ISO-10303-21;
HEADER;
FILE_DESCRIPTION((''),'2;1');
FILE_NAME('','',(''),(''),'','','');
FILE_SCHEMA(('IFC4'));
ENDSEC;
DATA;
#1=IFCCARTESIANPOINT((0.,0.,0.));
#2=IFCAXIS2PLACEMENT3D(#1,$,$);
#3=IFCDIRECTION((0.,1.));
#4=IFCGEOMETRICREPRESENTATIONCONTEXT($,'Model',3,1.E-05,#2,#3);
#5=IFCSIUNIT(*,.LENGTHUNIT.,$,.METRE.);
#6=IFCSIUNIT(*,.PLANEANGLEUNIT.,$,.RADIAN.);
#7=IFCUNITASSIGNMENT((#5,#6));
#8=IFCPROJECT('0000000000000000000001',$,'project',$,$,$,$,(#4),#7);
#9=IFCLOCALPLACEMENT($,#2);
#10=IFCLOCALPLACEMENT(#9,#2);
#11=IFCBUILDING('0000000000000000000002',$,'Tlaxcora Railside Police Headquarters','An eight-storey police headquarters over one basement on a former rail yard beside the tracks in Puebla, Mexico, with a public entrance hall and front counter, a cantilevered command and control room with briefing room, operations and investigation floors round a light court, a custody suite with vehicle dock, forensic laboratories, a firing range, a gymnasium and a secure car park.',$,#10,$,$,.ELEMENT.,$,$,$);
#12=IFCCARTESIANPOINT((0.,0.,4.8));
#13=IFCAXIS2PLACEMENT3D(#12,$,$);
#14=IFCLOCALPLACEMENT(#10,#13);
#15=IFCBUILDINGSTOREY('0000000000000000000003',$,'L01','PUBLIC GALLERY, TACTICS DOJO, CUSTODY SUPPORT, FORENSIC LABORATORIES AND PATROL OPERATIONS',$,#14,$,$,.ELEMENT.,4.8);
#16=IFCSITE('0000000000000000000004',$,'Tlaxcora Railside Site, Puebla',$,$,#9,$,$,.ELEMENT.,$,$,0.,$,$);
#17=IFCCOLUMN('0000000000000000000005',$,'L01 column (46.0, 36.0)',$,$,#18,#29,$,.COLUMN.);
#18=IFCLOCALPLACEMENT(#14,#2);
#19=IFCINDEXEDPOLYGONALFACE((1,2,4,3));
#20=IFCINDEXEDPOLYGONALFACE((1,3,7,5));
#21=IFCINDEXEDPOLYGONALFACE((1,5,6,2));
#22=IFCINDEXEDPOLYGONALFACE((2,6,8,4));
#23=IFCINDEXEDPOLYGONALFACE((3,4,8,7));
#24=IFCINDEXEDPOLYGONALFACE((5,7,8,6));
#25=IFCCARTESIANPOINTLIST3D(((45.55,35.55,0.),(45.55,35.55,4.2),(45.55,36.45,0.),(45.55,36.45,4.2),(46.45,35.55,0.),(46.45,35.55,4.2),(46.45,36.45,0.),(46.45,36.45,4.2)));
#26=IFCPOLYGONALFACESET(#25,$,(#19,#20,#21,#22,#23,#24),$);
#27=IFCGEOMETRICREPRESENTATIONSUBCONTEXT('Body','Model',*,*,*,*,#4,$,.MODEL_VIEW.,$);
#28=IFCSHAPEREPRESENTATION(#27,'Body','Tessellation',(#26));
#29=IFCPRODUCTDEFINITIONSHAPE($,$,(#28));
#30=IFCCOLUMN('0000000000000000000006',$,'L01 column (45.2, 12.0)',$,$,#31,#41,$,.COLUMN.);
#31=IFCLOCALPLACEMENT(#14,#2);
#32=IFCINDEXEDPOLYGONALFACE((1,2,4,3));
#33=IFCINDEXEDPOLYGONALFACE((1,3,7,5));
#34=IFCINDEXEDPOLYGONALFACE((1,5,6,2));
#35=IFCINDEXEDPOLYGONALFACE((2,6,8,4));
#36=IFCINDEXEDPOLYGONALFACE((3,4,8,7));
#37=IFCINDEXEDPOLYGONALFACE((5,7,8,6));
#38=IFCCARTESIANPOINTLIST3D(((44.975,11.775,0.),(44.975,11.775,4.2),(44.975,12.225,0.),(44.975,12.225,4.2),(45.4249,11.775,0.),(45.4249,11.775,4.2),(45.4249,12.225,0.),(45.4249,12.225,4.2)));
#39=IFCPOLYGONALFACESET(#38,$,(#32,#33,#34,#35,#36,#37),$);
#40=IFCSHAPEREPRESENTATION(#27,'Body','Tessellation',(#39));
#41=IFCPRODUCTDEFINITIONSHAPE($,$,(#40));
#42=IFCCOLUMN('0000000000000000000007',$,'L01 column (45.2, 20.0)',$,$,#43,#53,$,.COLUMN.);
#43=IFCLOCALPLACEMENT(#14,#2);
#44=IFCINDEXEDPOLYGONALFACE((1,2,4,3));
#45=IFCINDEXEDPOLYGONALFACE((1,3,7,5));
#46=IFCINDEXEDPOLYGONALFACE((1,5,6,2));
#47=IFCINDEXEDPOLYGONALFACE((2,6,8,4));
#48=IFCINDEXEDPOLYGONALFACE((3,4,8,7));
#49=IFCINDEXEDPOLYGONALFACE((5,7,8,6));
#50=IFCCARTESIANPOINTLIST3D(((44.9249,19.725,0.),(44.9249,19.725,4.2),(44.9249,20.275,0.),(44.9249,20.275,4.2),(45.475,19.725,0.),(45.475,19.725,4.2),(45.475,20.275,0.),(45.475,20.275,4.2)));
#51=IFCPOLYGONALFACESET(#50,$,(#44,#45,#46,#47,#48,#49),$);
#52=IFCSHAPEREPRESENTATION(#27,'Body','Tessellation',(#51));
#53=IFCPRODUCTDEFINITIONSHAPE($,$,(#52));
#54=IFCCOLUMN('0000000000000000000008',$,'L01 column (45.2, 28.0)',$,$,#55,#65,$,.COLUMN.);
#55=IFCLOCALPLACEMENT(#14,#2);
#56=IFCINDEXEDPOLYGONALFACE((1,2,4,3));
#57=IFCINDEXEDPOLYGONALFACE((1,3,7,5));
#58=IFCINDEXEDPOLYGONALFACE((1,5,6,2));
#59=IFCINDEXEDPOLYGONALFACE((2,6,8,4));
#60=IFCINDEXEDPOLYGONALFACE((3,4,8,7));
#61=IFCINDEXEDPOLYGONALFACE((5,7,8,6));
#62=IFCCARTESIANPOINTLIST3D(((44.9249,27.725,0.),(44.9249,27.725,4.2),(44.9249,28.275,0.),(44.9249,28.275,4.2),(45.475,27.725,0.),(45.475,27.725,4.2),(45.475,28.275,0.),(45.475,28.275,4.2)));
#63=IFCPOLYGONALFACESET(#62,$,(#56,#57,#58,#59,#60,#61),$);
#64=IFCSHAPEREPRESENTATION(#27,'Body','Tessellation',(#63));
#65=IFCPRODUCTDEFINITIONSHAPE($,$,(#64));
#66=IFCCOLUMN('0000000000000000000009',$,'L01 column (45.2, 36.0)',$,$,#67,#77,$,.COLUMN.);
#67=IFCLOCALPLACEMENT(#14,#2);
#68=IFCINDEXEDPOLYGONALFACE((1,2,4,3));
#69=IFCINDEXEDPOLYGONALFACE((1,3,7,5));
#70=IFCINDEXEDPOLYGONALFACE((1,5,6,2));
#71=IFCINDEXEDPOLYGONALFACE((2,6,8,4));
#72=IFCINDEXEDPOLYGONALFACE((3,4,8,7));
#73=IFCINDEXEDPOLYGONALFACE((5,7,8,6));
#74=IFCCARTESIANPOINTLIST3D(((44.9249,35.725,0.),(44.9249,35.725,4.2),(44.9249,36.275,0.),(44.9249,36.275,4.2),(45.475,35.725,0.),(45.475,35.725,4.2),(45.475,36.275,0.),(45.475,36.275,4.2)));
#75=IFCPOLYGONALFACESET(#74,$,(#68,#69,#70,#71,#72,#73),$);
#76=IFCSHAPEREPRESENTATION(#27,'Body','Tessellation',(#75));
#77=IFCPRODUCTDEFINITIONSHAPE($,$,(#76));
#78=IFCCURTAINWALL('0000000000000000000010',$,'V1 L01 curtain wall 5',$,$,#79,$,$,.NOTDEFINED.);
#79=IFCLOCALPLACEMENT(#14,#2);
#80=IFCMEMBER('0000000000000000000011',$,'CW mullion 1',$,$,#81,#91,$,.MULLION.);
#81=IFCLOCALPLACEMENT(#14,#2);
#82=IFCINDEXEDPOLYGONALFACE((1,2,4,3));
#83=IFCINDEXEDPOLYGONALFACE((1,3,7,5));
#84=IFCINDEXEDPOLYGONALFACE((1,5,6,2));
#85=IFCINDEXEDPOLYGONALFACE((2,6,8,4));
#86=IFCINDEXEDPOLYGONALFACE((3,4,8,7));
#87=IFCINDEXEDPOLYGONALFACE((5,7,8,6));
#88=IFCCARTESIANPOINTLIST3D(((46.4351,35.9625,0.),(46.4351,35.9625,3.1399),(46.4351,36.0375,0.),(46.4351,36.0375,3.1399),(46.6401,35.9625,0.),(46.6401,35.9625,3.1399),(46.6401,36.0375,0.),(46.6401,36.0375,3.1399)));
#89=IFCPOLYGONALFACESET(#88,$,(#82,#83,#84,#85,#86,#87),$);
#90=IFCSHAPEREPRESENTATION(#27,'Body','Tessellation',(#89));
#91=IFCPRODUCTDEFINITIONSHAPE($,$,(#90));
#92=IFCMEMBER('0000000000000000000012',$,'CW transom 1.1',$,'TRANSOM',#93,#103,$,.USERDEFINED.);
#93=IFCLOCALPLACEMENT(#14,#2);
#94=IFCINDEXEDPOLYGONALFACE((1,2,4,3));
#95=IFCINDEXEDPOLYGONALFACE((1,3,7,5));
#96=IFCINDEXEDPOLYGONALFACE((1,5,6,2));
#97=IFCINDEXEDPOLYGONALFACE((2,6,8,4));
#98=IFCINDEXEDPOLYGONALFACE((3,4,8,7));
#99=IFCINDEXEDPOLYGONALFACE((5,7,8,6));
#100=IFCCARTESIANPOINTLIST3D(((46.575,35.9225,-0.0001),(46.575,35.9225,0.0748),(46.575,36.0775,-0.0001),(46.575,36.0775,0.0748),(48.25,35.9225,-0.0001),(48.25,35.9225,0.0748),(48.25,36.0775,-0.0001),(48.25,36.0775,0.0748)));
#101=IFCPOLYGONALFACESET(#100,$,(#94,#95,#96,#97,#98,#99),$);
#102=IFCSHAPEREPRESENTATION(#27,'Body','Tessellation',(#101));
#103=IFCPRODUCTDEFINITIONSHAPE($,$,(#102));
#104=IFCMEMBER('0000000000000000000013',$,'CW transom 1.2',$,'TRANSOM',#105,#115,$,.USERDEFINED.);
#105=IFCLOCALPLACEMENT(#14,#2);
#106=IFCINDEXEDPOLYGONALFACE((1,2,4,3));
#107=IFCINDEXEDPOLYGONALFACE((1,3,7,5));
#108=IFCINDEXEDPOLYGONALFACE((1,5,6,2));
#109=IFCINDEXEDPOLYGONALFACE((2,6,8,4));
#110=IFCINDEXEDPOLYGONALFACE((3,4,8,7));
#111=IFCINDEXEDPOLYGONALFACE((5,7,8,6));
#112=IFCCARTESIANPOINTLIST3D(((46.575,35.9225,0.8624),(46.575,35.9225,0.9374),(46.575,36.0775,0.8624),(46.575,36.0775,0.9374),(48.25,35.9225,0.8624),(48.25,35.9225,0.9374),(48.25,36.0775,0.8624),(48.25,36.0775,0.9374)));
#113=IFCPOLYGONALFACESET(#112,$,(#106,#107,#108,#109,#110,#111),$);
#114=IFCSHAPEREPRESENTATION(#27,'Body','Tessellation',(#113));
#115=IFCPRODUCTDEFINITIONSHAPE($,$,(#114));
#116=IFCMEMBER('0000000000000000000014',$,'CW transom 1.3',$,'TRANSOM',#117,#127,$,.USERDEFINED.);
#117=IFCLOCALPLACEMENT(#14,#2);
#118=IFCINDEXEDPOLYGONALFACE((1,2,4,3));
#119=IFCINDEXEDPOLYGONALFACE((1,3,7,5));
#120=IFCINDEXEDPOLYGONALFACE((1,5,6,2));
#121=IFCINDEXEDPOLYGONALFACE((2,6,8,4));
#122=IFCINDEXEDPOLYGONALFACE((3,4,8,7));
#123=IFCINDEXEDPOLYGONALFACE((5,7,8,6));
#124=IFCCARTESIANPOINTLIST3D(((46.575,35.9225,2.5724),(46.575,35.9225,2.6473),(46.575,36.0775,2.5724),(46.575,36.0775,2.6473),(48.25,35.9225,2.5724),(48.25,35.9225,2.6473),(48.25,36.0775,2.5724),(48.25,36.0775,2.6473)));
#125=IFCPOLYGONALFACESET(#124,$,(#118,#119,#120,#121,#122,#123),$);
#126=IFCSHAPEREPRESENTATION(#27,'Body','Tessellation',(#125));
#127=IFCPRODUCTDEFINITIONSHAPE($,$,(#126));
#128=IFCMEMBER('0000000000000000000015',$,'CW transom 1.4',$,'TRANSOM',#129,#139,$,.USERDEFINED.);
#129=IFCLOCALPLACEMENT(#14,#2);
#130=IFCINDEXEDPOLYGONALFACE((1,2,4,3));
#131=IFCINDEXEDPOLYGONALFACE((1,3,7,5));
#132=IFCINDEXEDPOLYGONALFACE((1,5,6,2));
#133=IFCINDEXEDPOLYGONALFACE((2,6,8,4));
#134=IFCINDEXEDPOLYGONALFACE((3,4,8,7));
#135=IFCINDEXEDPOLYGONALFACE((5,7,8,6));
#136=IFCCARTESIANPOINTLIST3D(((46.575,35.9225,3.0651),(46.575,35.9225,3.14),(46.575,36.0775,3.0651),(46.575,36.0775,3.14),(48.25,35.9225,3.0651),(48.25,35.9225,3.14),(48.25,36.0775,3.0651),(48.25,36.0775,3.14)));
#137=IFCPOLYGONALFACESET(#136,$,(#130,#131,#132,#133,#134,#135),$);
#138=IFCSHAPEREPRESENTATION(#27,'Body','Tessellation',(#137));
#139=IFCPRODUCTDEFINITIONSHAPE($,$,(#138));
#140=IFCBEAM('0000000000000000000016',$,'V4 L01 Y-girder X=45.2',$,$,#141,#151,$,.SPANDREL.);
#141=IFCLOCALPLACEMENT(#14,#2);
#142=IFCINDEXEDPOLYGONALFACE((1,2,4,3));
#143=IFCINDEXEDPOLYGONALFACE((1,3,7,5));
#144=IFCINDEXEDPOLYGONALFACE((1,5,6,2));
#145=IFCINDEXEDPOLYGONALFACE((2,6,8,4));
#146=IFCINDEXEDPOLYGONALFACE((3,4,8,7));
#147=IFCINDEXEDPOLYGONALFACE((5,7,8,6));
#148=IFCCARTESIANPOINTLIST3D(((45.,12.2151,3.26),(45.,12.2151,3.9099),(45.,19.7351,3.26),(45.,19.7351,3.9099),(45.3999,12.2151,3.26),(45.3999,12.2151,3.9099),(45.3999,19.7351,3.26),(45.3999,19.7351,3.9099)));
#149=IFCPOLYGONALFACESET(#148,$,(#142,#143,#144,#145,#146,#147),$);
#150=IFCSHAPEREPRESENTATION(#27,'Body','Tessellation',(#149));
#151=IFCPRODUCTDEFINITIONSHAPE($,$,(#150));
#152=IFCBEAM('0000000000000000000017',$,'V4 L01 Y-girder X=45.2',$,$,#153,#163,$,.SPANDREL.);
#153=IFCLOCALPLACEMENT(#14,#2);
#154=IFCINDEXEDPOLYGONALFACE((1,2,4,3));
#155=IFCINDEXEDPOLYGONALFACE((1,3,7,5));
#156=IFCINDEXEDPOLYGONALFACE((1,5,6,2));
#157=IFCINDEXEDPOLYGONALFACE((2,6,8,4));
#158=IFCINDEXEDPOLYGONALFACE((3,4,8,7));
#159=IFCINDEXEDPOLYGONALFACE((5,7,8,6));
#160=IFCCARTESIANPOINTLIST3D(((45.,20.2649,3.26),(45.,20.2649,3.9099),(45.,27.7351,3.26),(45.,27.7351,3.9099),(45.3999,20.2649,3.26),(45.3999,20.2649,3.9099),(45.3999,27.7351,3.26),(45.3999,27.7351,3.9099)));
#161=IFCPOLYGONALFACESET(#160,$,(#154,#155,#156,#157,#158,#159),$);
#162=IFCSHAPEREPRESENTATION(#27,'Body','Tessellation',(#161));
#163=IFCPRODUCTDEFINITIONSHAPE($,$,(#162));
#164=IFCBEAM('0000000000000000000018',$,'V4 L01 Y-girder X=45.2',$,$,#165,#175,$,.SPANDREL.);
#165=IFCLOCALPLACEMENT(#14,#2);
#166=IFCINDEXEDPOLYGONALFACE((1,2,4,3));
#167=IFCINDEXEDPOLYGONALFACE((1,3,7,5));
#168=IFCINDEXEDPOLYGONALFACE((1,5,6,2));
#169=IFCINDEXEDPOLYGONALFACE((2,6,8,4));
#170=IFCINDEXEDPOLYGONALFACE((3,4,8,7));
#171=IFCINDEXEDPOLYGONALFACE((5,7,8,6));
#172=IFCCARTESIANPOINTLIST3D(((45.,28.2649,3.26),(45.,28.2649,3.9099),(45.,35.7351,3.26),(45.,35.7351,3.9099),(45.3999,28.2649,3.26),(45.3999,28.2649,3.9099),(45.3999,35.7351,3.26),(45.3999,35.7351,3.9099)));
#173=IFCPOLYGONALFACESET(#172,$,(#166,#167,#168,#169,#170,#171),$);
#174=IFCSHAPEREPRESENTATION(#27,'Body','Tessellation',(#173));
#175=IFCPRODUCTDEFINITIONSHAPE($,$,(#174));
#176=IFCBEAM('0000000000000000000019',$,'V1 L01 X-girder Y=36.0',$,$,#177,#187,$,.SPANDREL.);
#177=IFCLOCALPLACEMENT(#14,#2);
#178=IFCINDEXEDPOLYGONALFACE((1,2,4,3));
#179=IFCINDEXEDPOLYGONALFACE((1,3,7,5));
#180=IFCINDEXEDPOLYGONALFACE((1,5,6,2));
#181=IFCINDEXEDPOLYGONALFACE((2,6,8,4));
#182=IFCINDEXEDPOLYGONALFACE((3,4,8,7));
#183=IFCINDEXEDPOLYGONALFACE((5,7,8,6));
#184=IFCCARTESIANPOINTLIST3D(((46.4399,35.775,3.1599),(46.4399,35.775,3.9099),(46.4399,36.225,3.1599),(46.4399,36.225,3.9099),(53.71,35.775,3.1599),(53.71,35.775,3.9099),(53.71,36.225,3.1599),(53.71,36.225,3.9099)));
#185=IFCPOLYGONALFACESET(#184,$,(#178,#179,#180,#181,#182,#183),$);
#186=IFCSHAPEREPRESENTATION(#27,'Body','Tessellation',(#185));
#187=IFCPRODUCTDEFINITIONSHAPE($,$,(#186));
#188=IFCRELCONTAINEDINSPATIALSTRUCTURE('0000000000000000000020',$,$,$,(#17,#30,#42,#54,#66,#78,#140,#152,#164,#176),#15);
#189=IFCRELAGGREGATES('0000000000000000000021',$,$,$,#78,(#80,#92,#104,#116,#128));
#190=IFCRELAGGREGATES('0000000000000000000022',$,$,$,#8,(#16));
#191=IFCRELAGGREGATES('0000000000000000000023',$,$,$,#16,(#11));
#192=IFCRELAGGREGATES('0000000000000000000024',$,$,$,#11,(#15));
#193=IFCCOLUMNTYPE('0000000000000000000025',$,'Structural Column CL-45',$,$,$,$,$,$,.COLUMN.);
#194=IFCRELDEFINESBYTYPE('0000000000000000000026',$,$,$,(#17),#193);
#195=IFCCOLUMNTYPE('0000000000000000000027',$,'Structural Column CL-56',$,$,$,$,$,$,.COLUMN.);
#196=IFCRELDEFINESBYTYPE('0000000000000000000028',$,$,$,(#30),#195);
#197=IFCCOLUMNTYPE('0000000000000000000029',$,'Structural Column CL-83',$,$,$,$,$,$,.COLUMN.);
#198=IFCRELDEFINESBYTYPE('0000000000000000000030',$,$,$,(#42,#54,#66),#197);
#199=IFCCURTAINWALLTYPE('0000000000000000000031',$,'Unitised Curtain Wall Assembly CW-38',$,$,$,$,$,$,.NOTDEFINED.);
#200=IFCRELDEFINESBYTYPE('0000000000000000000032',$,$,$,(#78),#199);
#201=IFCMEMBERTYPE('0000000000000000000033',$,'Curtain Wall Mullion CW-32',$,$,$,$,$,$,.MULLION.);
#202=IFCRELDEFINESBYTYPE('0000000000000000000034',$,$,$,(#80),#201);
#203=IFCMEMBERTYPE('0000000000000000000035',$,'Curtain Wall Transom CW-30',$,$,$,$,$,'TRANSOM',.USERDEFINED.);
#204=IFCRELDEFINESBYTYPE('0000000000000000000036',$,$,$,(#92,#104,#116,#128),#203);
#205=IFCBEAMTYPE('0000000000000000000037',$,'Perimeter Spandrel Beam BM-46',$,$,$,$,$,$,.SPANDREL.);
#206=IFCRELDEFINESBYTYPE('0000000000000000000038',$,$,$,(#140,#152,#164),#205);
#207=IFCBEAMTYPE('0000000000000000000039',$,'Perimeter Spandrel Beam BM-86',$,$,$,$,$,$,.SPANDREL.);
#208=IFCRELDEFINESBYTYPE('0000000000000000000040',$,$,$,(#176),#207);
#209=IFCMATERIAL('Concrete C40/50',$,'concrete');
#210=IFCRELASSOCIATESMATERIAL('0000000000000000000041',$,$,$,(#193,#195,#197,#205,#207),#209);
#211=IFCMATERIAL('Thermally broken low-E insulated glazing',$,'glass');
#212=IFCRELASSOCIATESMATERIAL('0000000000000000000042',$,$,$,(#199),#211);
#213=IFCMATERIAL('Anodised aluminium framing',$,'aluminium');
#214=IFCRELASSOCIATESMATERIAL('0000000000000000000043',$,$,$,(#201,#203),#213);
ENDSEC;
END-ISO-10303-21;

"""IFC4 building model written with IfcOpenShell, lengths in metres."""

from ifc_helpers import new_model, si_unit, direction, frame, origin, origin_2d, place, context, subcontext, project, spatial, rectangle, extrude, material, material_profile, profile_set, type_object, element, aggregate, save


model = new_model("IFC4")

# Units and contexts
model_context = context("Model", 3, precision=1e-05, world=origin(), true_north=direction((0.0, 1.0)))
body_context = subcontext(model_context, "Body", "Model", "MODEL_VIEW")
ifc_project = project(units=[si_unit("LENGTHUNIT", "METRE"), si_unit("PLANEANGLEUNIT", "RADIAN")], contexts=[model_context])

# Site, building, storey
site_placement = place(None, origin())
site = spatial("IfcSite", under=ifc_project, at=site_placement, Name="Tlaxcora Railside Site, Puebla", CompositionType="ELEMENT", RefElevation=0.0)
building_placement = place(site_placement, origin())
building = spatial("IfcBuilding", under=site, at=building_placement, Name="Tlaxcora Railside Police Headquarters", Description="An eight-storey police headquarters over one basement on a former rail yard beside the tracks in Puebla, Mexico, with a public entrance hall and front counter, a cantilevered command and control room with briefing room, operations and investigation floors round a light court, a custody suite with vehicle dock, forensic laboratories, a firing range, a gymnasium and a secure car park.", CompositionType="ELEMENT")
storey_placement = place(building_placement, frame((0.0, 0.0, 4.8)))
storey = spatial("IfcBuildingStorey", under=building, at=storey_placement, Name="L01", Description="PUBLIC GALLERY, TACTICS DOJO, CUSTODY SUPPORT, FORENSIC LABORATORIES AND PATROL OPERATIONS", CompositionType="ELEMENT", Elevation=4.8)

# Columns
ifc_material_1 = material(Name="Concrete C40/50", Category="concrete")
ifc_material_profile_1 = material_profile(ifc_material_1, rectangle(XDim=0.8999, YDim=0.8999, at=origin_2d()), Name="RC900X900")
ifc_profile_set_1 = profile_set([ifc_material_profile_1], Name="Concrete C40/50")
column_type_1 = type_object("IfcColumnType", Name="Structural Column CL-45", PredefinedType="COLUMN", material=ifc_profile_set_1)
column_1_placement = place(storey_placement, frame((46.0, 36.0, 0.0), z_axis=(0.0, 0.0, 1.0), x_axis=(1.0, 0.0, 0.0)))
element("IfcColumn", 1, at=column_1_placement, inside=storey, type_object=column_type_1, Name="L01 column (46.0, 36.0)", PredefinedType="COLUMN", context=body_context, shape_type="SweptSolid", body=[
    extrude(rectangle(XDim=0.8999, YDim=0.8999, at=origin_2d()), origin(), (0.0, 0.0, 1.0), 4.2),
])
ifc_material_profile_2 = material_profile(ifc_material_1, rectangle(XDim=0.45, YDim=0.45, at=origin_2d()), Name="RC450X450")
ifc_profile_set_2 = profile_set([ifc_material_profile_2], Name="Concrete C40/50")
column_type_2 = type_object("IfcColumnType", Name="Structural Column CL-56", PredefinedType="COLUMN", material=ifc_profile_set_2)
column_2_placement = place(storey_placement, frame((45.2, 12.0, 0.0), z_axis=(0.0, 0.0, 1.0), x_axis=(1.0, 0.0, 0.0)))
element("IfcColumn", 2, at=column_2_placement, inside=storey, type_object=column_type_2, Name="L01 column (45.2, 12.0)", PredefinedType="COLUMN", context=body_context, shape_type="SweptSolid", body=[
    extrude(rectangle(XDim=0.45, YDim=0.45, at=origin_2d()), origin(), (0.0, 0.0, 1.0), 4.2),
])
ifc_material_profile_3 = material_profile(ifc_material_1, rectangle(XDim=0.55, YDim=0.55, at=origin_2d()), Name="RC550X550")
ifc_profile_set_3 = profile_set([ifc_material_profile_3], Name="Concrete C40/50")
column_type_3 = type_object("IfcColumnType", Name="Structural Column CL-83", PredefinedType="COLUMN", material=ifc_profile_set_3)
for number, where, z_axis, x_axis, name in (
    (3, (45.2, 20.0, 0.0), (0.0, 0.0, 1.0), (1.0, 0.0, 0.0), "L01 column (45.2, 20.0)"),
    (4, (45.2, 28.0, 0.0), (0.0, 0.0, 1.0), (1.0, 0.0, 0.0), "L01 column (45.2, 28.0)"),
    (5, (45.2, 36.0, 0.0), (0.0, 0.0, 1.0), (1.0, 0.0, 0.0), "L01 column (45.2, 36.0)"),
):
    element("IfcColumn", number, at=place(storey_placement, frame(where, z_axis=z_axis, x_axis=x_axis)), inside=storey, type_object=column_type_3, Name=name, PredefinedType="COLUMN", context=body_context, shape_type="SweptSolid", body=[
        extrude(rectangle(XDim=0.55, YDim=0.55, at=origin_2d()), origin(), (0.0, 0.0, 1.0), 4.2),
    ])

# Curtain wall, members
ifc_material_2 = material(Name="Thermally broken low-E insulated glazing", Category="glass")
curtain_wall_type = type_object("IfcCurtainWallType", Name="Unitised Curtain Wall Assembly CW-38", PredefinedType="NOTDEFINED", material=ifc_material_2)
curtain_wall_placement = place(storey_placement, origin())
curtain_wall = element("IfcCurtainWall", 6, at=curtain_wall_placement, inside=storey, type_object=curtain_wall_type, Name="V1 L01 curtain wall 5", PredefinedType="NOTDEFINED")
ifc_material_3 = material(Name="Anodised aluminium framing", Category="aluminium")
ifc_material_profile_4 = material_profile(ifc_material_3, rectangle(XDim=0.075, YDim=0.2051, at=origin_2d()), Name="AL75X205")
ifc_profile_set_4 = profile_set([ifc_material_profile_4], Name="Anodised aluminium framing")
member_type_1 = type_object("IfcMemberType", Name="Curtain Wall Mullion CW-32", PredefinedType="MULLION", material=ifc_profile_set_4)
member_1_placement = place(storey_placement, frame((46.5376, 36.0, 0.0), z_axis=(0.0, 0.0, 1.0), x_axis=(0.0, 1.0, 0.0)))
member_1 = element("IfcMember", 7, at=member_1_placement, type_object=member_type_1, Name="CW mullion 1", PredefinedType="MULLION", context=body_context, shape_type="SweptSolid", body=[
    extrude(rectangle(XDim=0.075, YDim=0.2051, at=origin_2d()), origin(), (0.0, 0.0, 1.0), 3.1399),
])
ifc_material_profile_5 = material_profile(ifc_material_3, rectangle(XDim=0.155, YDim=0.075, at=origin_2d()), Name="AL75X155")
ifc_profile_set_5 = profile_set([ifc_material_profile_5], Name="Anodised aluminium framing")
member_type_2 = type_object("IfcMemberType", Name="Curtain Wall Transom CW-30", ElementType="TRANSOM", PredefinedType="USERDEFINED", material=ifc_profile_set_5)
member_2_placement = place(storey_placement, frame((46.575, 36.0, 0.0374), z_axis=(1.0, 0.0, 0.0), x_axis=(0.0, 1.0, 0.0)))
member_2 = element("IfcMember", 8, at=member_2_placement, type_object=member_type_2, Name="CW transom 1.1", ObjectType="TRANSOM", PredefinedType="USERDEFINED", context=body_context, shape_type="SweptSolid", body=[
    extrude(rectangle(XDim=0.155, YDim=0.075, at=origin_2d()), origin(), (0.0, 0.0, 1.0), 1.675),
])
member_3_placement = place(storey_placement, frame((46.575, 36.0, 0.8999), z_axis=(1.0, 0.0, 0.0), x_axis=(0.0, 1.0, 0.0)))
member_3 = element("IfcMember", 9, at=member_3_placement, type_object=member_type_2, Name="CW transom 1.2", ObjectType="TRANSOM", PredefinedType="USERDEFINED", context=body_context, shape_type="SweptSolid", body=[
    extrude(rectangle(XDim=0.155, YDim=0.075, at=origin_2d()), origin(), (0.0, 0.0, 1.0), 1.675),
])
member_4_placement = place(storey_placement, frame((46.575, 36.0, 2.6099), z_axis=(1.0, 0.0, 0.0), x_axis=(0.0, 1.0, 0.0)))
member_4 = element("IfcMember", 10, at=member_4_placement, type_object=member_type_2, Name="CW transom 1.3", ObjectType="TRANSOM", PredefinedType="USERDEFINED", context=body_context, shape_type="SweptSolid", body=[
    extrude(rectangle(XDim=0.155, YDim=0.075, at=origin_2d()), origin(), (0.0, 0.0, 1.0), 1.675),
])
member_5_placement = place(storey_placement, frame((46.575, 36.0, 3.1025), z_axis=(1.0, 0.0, 0.0), x_axis=(0.0, 1.0, 0.0)))
member_5 = element("IfcMember", 11, at=member_5_placement, type_object=member_type_2, Name="CW transom 1.4", ObjectType="TRANSOM", PredefinedType="USERDEFINED", context=body_context, shape_type="SweptSolid", body=[
    extrude(rectangle(XDim=0.155, YDim=0.075, at=origin_2d()), origin(), (0.0, 0.0, 1.0), 1.675),
])
aggregate(curtain_wall, [member_1, member_2, member_3, member_4, member_5])

# Beams
ifc_material_profile_6 = material_profile(ifc_material_1, rectangle(XDim=0.3999, YDim=0.6499, at=origin_2d()), Name="RC400X650")
ifc_profile_set_6 = profile_set([ifc_material_profile_6], Name="Concrete C40/50")
beam_type_1 = type_object("IfcBeamType", Name="Perimeter Spandrel Beam BM-46", PredefinedType="SPANDREL", material=ifc_profile_set_6)
beam_1_placement = place(storey_placement, frame((45.2, 12.2151, 3.585), z_axis=(0.0, 1.0, 0.0), x_axis=(-1.0, 0.0, 0.0)))
element("IfcBeam", 12, at=beam_1_placement, inside=storey, type_object=beam_type_1, Name="V4 L01 Y-girder X=45.2", PredefinedType="SPANDREL", context=body_context, shape_type="SweptSolid", body=[
    extrude(rectangle(XDim=0.3999, YDim=0.6499, at=origin_2d()), origin(), (0.0, 0.0, 1.0), 7.52),
])
for number, where, z_axis, x_axis, name in (
    (13, (45.2, 20.2649, 3.585), (0.0, 1.0, 0.0), (-1.0, 0.0, 0.0), "V4 L01 Y-girder X=45.2"),
    (14, (45.2, 28.2649, 3.585), (0.0, 1.0, 0.0), (-1.0, 0.0, 0.0), "V4 L01 Y-girder X=45.2"),
):
    element("IfcBeam", number, at=place(storey_placement, frame(where, z_axis=z_axis, x_axis=x_axis)), inside=storey, type_object=beam_type_1, Name=name, PredefinedType="SPANDREL", context=body_context, shape_type="SweptSolid", body=[
        extrude(rectangle(XDim=0.3999, YDim=0.6499, at=origin_2d()), origin(), (0.0, 0.0, 1.0), 7.4702),
    ])
ifc_material_profile_7 = material_profile(ifc_material_1, rectangle(XDim=0.45, YDim=0.75, at=origin_2d()), Name="RC450X750")
ifc_profile_set_7 = profile_set([ifc_material_profile_7], Name="Concrete C40/50")
beam_type_2 = type_object("IfcBeamType", Name="Perimeter Spandrel Beam BM-86", PredefinedType="SPANDREL", material=ifc_profile_set_7)
beam_2_placement = place(storey_placement, frame((46.4399, 36.0, 3.5349), z_axis=(1.0, 0.0, 0.0), x_axis=(0.0, 1.0, 0.0)))
element("IfcBeam", 15, at=beam_2_placement, inside=storey, type_object=beam_type_2, Name="V1 L01 X-girder Y=36.0", PredefinedType="SPANDREL", context=body_context, shape_type="SweptSolid", body=[
    extrude(rectangle(XDim=0.45, YDim=0.75, at=origin_2d()), origin(), (0.0, 0.0, 1.0), 7.27),
])

save(model, "model.ifc")
